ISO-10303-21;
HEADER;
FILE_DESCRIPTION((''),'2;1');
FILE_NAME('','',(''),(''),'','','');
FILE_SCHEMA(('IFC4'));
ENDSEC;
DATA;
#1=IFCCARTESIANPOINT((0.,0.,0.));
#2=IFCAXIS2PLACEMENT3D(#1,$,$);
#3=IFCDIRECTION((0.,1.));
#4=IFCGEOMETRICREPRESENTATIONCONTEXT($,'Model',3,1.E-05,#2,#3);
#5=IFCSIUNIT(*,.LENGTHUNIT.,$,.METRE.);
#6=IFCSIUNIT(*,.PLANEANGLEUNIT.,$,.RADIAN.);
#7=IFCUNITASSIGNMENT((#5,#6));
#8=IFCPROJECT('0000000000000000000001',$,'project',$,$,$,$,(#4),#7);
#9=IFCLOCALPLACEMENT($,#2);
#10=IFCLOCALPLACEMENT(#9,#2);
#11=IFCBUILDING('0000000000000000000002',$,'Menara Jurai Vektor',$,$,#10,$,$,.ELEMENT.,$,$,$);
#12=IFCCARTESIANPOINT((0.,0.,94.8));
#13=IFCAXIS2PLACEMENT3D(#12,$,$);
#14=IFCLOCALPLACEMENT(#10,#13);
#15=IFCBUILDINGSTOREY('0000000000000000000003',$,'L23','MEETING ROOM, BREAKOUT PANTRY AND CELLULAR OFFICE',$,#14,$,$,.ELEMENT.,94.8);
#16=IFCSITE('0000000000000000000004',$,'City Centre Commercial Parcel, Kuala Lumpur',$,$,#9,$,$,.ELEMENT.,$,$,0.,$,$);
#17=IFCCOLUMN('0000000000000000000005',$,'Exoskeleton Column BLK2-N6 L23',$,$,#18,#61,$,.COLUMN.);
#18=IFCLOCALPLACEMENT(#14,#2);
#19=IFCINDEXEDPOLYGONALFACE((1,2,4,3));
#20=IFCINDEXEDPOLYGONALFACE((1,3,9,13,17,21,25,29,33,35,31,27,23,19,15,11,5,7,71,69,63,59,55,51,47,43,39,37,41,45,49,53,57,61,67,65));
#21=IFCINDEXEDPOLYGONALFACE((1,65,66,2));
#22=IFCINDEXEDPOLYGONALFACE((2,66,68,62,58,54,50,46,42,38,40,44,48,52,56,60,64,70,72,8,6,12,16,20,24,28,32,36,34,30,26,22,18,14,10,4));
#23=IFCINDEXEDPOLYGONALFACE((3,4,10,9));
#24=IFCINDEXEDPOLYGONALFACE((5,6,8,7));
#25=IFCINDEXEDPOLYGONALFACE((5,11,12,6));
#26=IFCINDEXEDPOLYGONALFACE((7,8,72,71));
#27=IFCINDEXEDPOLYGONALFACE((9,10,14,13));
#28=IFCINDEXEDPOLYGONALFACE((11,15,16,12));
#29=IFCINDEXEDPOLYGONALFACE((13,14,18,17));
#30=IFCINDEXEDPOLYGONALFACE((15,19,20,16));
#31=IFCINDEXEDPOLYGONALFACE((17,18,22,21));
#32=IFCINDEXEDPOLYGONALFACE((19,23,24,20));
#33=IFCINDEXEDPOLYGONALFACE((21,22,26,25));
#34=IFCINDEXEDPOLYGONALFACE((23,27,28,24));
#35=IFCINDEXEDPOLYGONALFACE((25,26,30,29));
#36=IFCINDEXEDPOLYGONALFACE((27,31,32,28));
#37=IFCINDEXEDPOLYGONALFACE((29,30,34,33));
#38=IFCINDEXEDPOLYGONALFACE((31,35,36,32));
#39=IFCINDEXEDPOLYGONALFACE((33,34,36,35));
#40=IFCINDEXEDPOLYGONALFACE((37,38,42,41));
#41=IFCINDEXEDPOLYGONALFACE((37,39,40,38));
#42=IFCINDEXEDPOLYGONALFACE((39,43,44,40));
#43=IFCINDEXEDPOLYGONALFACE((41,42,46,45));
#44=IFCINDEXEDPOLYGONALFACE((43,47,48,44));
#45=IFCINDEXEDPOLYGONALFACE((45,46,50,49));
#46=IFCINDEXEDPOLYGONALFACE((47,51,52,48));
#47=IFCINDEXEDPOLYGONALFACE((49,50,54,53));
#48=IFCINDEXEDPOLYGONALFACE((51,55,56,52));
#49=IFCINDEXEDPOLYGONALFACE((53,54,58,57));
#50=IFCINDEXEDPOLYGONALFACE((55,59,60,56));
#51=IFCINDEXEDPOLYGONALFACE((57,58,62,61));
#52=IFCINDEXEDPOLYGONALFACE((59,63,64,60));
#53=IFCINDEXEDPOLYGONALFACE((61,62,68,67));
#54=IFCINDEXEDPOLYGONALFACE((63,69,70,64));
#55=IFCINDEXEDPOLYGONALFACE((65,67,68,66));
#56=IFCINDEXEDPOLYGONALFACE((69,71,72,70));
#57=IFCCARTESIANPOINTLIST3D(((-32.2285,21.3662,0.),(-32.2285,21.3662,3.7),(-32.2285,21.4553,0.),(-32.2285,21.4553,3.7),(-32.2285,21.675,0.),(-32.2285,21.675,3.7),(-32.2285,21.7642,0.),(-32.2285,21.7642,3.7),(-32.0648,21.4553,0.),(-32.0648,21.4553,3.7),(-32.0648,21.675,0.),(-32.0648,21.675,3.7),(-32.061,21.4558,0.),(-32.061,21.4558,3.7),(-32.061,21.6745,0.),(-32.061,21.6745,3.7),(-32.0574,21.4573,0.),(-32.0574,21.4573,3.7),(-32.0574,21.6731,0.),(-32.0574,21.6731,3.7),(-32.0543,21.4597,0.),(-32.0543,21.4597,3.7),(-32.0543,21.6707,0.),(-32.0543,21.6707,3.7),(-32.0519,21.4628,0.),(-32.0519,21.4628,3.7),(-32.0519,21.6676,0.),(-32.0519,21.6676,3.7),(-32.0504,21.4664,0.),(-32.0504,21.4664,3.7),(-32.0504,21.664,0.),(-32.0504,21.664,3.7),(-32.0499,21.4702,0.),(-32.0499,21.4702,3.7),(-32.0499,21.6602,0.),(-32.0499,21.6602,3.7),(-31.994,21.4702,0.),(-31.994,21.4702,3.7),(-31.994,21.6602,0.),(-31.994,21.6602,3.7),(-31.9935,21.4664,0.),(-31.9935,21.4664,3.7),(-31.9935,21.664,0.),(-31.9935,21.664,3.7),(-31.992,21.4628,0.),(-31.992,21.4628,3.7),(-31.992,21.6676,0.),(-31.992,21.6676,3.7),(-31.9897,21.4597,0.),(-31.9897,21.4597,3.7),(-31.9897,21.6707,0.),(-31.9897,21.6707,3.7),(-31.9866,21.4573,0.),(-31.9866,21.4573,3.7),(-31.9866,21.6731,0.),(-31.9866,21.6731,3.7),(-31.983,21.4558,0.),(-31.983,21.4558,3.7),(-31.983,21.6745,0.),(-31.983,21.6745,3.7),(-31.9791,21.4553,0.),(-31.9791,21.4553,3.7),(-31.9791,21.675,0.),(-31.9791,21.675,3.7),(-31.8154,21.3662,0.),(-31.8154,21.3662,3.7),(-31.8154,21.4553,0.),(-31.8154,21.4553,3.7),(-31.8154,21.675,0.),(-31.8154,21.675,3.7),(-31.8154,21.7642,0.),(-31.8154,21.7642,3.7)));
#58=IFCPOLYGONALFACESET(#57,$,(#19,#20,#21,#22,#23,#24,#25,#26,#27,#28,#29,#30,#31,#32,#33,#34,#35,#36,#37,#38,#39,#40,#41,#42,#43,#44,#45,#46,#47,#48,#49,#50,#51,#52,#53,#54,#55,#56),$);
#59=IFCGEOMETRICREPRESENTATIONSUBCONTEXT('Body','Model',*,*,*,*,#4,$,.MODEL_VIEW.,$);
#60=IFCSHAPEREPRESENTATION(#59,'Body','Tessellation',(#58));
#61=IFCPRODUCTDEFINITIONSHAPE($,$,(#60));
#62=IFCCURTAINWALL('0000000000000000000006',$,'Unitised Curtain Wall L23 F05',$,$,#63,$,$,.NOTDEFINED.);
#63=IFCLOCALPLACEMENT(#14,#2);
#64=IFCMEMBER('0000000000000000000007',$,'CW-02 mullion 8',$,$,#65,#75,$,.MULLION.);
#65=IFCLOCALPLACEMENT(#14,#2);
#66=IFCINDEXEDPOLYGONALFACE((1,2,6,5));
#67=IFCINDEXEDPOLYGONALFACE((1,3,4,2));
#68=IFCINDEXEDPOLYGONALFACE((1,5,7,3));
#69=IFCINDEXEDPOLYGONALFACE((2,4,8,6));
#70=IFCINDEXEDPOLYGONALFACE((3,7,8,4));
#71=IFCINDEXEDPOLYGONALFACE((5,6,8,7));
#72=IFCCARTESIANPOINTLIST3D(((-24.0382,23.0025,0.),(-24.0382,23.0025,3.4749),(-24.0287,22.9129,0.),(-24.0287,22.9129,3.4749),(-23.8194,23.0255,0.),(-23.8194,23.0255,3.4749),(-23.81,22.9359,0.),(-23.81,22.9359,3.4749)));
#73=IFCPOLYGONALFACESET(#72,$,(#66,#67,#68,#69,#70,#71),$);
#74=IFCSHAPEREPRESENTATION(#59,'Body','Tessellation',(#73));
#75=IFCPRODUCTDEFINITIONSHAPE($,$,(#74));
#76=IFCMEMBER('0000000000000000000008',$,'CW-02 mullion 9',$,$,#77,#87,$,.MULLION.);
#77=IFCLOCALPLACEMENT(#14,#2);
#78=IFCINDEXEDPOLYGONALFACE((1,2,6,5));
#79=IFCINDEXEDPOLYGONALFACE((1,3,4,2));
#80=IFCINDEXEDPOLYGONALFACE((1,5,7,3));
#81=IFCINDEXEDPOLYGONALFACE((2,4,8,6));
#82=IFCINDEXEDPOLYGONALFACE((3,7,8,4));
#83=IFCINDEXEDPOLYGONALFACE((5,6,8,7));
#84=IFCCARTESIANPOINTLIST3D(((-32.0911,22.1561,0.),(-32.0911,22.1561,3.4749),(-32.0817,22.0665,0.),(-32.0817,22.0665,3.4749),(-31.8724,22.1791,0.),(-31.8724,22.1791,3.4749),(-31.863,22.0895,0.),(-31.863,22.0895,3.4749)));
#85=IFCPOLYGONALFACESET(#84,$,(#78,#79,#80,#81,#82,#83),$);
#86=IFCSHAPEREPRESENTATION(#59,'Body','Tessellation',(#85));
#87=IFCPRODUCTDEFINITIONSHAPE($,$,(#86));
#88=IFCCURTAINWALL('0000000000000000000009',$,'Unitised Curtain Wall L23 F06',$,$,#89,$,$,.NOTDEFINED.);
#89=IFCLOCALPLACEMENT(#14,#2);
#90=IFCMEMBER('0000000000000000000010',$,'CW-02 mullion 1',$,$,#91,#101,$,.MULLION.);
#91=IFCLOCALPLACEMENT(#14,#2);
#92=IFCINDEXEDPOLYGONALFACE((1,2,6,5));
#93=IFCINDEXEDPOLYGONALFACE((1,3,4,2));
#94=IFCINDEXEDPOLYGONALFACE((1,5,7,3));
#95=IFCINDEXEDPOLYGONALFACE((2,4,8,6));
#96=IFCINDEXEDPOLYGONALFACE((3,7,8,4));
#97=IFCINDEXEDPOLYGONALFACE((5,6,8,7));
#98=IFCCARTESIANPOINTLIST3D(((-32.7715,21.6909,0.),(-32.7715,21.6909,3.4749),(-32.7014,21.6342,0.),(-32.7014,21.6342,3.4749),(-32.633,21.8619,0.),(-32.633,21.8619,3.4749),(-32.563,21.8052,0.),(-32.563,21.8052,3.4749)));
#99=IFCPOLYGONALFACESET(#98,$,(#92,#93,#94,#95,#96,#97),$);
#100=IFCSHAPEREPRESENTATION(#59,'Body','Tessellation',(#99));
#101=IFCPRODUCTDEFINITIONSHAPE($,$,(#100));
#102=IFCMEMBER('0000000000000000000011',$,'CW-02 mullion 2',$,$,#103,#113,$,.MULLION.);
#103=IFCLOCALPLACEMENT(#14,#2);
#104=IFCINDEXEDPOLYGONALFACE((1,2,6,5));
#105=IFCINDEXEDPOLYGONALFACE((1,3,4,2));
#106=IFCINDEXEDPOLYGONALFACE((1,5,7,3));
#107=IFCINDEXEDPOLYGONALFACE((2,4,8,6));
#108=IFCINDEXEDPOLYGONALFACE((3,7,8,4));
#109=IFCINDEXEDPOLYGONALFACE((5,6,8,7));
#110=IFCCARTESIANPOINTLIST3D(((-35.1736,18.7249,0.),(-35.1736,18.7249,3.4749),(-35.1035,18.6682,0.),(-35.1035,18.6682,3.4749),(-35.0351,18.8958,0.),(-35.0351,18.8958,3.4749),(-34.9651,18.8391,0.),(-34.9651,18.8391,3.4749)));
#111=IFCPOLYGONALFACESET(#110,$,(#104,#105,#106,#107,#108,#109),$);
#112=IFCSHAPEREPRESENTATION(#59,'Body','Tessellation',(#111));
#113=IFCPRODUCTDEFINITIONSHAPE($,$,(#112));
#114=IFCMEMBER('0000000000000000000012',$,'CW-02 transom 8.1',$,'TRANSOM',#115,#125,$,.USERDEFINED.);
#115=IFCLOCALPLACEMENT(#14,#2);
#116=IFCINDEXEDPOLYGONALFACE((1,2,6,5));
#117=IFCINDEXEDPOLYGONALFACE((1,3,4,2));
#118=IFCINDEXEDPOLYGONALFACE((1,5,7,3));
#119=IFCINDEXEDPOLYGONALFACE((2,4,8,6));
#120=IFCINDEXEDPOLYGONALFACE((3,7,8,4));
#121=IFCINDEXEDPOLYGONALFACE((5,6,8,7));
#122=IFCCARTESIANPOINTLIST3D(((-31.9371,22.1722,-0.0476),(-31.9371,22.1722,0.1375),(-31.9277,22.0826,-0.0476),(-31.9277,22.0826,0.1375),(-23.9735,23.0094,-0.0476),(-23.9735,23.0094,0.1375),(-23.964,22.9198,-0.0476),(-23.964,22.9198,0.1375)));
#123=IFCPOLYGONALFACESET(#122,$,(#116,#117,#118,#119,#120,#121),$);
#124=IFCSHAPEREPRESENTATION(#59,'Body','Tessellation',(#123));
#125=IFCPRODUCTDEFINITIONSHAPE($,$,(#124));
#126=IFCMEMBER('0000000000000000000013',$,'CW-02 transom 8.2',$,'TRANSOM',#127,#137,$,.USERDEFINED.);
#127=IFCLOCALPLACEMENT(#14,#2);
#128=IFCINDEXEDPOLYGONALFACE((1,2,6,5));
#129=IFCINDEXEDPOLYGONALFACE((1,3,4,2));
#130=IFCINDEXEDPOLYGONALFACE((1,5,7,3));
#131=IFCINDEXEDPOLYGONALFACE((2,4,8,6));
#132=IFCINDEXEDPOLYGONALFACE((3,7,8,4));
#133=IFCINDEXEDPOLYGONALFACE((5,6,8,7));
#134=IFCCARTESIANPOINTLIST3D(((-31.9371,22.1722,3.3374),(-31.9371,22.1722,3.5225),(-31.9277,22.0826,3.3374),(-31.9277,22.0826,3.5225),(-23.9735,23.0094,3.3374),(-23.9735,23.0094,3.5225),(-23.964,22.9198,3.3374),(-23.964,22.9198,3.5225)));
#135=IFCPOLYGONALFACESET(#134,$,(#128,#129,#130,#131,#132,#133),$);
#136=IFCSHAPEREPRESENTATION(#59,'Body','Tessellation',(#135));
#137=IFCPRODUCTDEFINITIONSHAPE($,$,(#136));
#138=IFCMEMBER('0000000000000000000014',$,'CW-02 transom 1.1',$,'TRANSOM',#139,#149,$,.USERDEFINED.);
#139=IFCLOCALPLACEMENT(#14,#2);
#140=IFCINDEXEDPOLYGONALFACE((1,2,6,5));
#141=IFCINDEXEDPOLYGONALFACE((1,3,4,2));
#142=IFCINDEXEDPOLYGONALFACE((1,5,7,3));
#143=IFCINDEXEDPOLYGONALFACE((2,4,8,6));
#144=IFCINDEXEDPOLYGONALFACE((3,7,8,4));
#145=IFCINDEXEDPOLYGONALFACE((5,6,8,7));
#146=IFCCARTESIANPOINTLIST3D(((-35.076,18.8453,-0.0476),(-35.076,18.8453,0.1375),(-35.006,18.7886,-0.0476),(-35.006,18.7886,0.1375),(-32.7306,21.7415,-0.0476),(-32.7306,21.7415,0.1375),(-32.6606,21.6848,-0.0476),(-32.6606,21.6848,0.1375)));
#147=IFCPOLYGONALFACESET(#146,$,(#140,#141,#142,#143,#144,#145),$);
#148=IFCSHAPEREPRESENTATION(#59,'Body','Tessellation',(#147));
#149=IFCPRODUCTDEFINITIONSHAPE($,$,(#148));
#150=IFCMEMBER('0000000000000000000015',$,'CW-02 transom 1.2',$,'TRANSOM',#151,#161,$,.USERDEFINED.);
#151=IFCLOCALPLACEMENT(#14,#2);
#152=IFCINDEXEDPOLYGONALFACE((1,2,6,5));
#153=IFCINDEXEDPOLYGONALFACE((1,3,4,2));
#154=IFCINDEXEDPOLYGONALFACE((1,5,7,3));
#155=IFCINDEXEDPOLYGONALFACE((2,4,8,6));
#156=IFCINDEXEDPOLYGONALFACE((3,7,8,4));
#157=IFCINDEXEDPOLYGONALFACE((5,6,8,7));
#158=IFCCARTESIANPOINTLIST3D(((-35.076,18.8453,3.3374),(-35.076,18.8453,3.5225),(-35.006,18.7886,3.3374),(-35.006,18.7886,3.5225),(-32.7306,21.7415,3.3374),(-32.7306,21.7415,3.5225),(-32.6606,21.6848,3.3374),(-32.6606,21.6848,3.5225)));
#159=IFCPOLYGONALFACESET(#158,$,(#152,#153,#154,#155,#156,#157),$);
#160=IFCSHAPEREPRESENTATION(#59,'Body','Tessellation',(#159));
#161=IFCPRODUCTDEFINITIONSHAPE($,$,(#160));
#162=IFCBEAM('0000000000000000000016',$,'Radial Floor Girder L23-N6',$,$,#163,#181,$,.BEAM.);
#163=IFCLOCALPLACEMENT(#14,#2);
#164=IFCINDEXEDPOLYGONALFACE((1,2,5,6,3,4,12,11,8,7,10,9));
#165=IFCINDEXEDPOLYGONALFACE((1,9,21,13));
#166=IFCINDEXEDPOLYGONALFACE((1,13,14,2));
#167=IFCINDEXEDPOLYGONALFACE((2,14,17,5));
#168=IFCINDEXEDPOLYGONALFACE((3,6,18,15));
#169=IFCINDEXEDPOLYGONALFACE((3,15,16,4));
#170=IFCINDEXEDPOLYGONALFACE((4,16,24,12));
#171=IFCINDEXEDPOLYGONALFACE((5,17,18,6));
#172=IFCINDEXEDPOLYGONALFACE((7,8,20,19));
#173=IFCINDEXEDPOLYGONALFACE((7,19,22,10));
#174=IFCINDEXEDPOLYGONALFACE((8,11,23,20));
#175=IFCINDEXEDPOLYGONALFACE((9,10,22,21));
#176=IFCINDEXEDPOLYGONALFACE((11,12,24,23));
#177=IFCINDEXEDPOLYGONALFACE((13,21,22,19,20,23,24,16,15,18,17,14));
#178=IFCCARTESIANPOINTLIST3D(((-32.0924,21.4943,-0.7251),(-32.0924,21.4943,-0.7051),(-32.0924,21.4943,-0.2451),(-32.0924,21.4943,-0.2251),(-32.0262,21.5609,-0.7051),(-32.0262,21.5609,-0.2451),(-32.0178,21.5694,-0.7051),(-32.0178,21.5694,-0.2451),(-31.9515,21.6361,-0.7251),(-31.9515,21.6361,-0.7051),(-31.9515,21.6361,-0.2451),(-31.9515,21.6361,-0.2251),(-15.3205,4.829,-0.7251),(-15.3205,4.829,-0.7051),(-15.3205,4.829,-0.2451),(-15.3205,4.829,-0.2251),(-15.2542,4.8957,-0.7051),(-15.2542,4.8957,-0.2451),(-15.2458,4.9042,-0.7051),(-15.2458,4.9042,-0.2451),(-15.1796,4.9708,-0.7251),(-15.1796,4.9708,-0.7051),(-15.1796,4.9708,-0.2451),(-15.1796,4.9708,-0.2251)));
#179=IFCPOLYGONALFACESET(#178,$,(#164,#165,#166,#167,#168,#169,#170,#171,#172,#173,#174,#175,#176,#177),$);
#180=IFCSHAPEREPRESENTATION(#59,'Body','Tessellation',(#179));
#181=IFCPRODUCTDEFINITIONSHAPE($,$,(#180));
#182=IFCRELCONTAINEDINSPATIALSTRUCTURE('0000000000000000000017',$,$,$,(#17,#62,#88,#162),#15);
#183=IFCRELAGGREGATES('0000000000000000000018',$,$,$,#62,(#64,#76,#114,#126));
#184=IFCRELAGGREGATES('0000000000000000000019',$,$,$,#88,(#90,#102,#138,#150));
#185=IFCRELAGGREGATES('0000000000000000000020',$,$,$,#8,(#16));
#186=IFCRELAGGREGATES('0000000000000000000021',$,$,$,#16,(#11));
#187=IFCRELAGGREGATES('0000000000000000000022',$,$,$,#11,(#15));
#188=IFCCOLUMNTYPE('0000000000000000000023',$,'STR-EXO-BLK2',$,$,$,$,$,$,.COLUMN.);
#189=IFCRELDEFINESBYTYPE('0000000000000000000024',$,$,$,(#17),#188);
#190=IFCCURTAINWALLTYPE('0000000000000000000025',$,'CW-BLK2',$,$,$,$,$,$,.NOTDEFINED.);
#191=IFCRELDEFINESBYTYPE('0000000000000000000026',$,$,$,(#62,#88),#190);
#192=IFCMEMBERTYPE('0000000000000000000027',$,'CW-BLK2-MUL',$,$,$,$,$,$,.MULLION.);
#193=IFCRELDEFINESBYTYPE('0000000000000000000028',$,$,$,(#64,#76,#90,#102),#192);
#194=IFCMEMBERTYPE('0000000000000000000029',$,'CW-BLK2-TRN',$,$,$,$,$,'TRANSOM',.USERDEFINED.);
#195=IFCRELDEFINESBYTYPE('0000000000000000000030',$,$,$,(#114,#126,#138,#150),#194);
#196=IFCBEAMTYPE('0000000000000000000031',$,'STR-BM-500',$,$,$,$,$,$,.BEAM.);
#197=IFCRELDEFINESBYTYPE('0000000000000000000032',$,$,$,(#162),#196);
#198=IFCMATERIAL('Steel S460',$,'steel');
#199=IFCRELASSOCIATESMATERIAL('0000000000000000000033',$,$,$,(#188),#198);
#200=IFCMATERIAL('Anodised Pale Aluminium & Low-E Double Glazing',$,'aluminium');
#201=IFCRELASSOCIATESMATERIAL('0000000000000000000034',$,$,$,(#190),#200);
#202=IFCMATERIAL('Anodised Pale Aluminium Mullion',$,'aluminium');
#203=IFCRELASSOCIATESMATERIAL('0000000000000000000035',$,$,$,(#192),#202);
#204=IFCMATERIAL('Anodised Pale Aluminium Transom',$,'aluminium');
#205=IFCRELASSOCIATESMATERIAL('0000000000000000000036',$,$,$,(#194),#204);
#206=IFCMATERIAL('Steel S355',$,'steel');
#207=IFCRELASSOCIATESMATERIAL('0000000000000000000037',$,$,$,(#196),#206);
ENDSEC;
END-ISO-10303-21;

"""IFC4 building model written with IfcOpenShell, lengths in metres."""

from ifc_helpers import new_model, si_unit, direction, frame, origin, origin_2d, place, context, subcontext, project, spatial, rectangle, i_section, extrude, material, material_profile, profile_set, type_object, element, aggregate, save


model = new_model("IFC4")

# Units and contexts
model_context = context("Model", 3, precision=1e-05, world=origin(), true_north=direction((0.0, 1.0)))
body_context = subcontext(model_context, "Body", "Model", "MODEL_VIEW")
ifc_project = project(units=[si_unit("LENGTHUNIT", "METRE"), si_unit("PLANEANGLEUNIT", "RADIAN")], contexts=[model_context])

# Site, building, storey
site_placement = place(None, origin())
site = spatial("IfcSite", under=ifc_project, at=site_placement, Name="City Centre Commercial Parcel, Kuala Lumpur", CompositionType="ELEMENT", RefElevation=0.0)
building_placement = place(site_placement, origin())
building = spatial("IfcBuilding", under=site, at=building_placement, Name="Menara Jurai Vektor", CompositionType="ELEMENT")
storey_placement = place(building_placement, frame((0.0, 0.0, 94.8)))
storey = spatial("IfcBuildingStorey", under=building, at=storey_placement, Name="L23", Description="MEETING ROOM, BREAKOUT PANTRY AND CELLULAR OFFICE", CompositionType="ELEMENT", Elevation=94.8)

# Column
ifc_material_1 = material(Name="Steel S460", Category="steel")
ifc_material_profile_1 = material_profile(ifc_material_1, i_section(OverallWidth=0.4131, OverallDepth=0.3979, WebThickness=0.0559, FlangeThickness=0.0891, FilletRadius=0.0149, at=origin_2d()), Name="HD 400x744")
ifc_profile_set_1 = profile_set([ifc_material_profile_1], Name="Steel S460")
column_type = type_object("IfcColumnType", Name="STR-EXO-BLK2", PredefinedType="COLUMN", material=ifc_profile_set_1)
column_placement = place(storey_placement, frame((-32.022, 21.5652, 0.0), z_axis=(0.0, 0.0, 1.0), x_axis=(1.0, 0.0, 0.0)))
element("IfcColumn", 1, at=column_placement, inside=storey, type_object=column_type, Name="Exoskeleton Column BLK2-N6 L23", PredefinedType="COLUMN", context=body_context, shape_type="SweptSolid", body=[
    extrude(i_section(OverallWidth=0.4131, OverallDepth=0.3979, WebThickness=0.0559, FlangeThickness=0.0891, FilletRadius=0.0149, at=origin_2d()), origin(), (0.0, 0.0, 1.0), 3.7),
])

# Curtain walls, members
ifc_material_2 = material(Name="Anodised Pale Aluminium & Low-E Double Glazing", Category="aluminium")
curtain_wall_type = type_object("IfcCurtainWallType", Name="CW-BLK2", PredefinedType="NOTDEFINED", material=ifc_material_2)
curtain_wall_1_placement = place(storey_placement, origin())
curtain_wall_1 = element("IfcCurtainWall", 2, at=curtain_wall_1_placement, inside=storey, type_object=curtain_wall_type, Name="Unitised Curtain Wall L23 F05", PredefinedType="NOTDEFINED")
ifc_material_3 = material(Name="Anodised Pale Aluminium Mullion", Category="aluminium")
ifc_material_profile_2 = material_profile(ifc_material_3, rectangle(XDim=0.0901, YDim=0.22, at=origin_2d()), Name="ALU MUL 90x220")
ifc_profile_set_2 = profile_set([ifc_material_profile_2], Name="Anodised Pale Aluminium Mullion")
member_type_1 = type_object("IfcMemberType", Name="CW-BLK2-MUL", PredefinedType="MULLION", material=ifc_profile_set_2)
member_1_placement = place(storey_placement, frame((-23.9241, 22.9692, 0.0), z_axis=(0.0, 0.0, 1.0), x_axis=(0.104529, -0.994522, 0.0)))
member_1 = element("IfcMember", 3, at=member_1_placement, type_object=member_type_1, Name="CW-02 mullion 8", PredefinedType="MULLION", context=body_context, shape_type="SweptSolid", body=[
    extrude(rectangle(XDim=0.0901, YDim=0.22, at=origin_2d()), origin(), (0.0, 0.0, 1.0), 3.4749),
])
member_2_placement = place(storey_placement, frame((-31.9771, 22.1228, 0.0), z_axis=(0.0, 0.0, 1.0), x_axis=(0.104529, -0.994522, 0.0)))
member_2 = element("IfcMember", 4, at=member_2_placement, type_object=member_type_1, Name="CW-02 mullion 9", PredefinedType="MULLION", context=body_context, shape_type="SweptSolid", body=[
    extrude(rectangle(XDim=0.0901, YDim=0.22, at=origin_2d()), origin(), (0.0, 0.0, 1.0), 3.4749),
])
curtain_wall_2_placement = place(storey_placement, origin())
curtain_wall_2 = element("IfcCurtainWall", 5, at=curtain_wall_2_placement, inside=storey, type_object=curtain_wall_type, Name="Unitised Curtain Wall L23 F06", PredefinedType="NOTDEFINED")
member_3_placement = place(storey_placement, frame((-32.6672, 21.748, 0.0), z_axis=(0.0, 0.0, 1.0), x_axis=(0.777129, -0.629341, 0.0)))
member_3 = element("IfcMember", 6, at=member_3_placement, type_object=member_type_1, Name="CW-02 mullion 1", PredefinedType="MULLION", context=body_context, shape_type="SweptSolid", body=[
    extrude(rectangle(XDim=0.0901, YDim=0.22, at=origin_2d()), origin(), (0.0, 0.0, 1.0), 3.4749),
])
member_4_placement = place(storey_placement, frame((-35.0693, 18.782, 0.0), z_axis=(0.0, 0.0, 1.0), x_axis=(0.777129, -0.629341, 0.0)))
member_4 = element("IfcMember", 7, at=member_4_placement, type_object=member_type_1, Name="CW-02 mullion 2", PredefinedType="MULLION", context=body_context, shape_type="SweptSolid", body=[
    extrude(rectangle(XDim=0.0901, YDim=0.22, at=origin_2d()), origin(), (0.0, 0.0, 1.0), 3.4749),
])

# Members
ifc_material_4 = material(Name="Anodised Pale Aluminium Transom", Category="aluminium")
ifc_material_profile_3 = material_profile(ifc_material_4, rectangle(XDim=0.0901, YDim=0.1851, at=origin_2d()), Name="ALU TRN 90x185")
ifc_profile_set_3 = profile_set([ifc_material_profile_3], Name="Anodised Pale Aluminium Transom")
member_type_2 = type_object("IfcMemberType", Name="CW-BLK2-TRN", ElementType="TRANSOM", PredefinedType="USERDEFINED", material=ifc_profile_set_3)
member_5_placement = place(storey_placement, frame((-23.9688, 22.9646, 0.0449), z_axis=(-0.99452, -0.104547, 0.0), x_axis=(0.104547, -0.99452, 0.0)))
member_5 = element("IfcMember", 8, at=member_5_placement, type_object=member_type_2, Name="CW-02 transom 8.1", ObjectType="TRANSOM", PredefinedType="USERDEFINED", context=body_context, shape_type="SweptSolid", body=[
    extrude(rectangle(XDim=0.0901, YDim=0.1851, at=origin_2d()), origin(), (0.0, 0.0, 1.0), 8.0076),
])
member_6_placement = place(storey_placement, frame((-23.9688, 22.9646, 3.4299), z_axis=(-0.99452, -0.104547, 0.0), x_axis=(0.104547, -0.99452, 0.0)))
member_6 = element("IfcMember", 9, at=member_6_placement, type_object=member_type_2, Name="CW-02 transom 8.2", ObjectType="TRANSOM", PredefinedType="USERDEFINED", context=body_context, shape_type="SweptSolid", body=[
    extrude(rectangle(XDim=0.0901, YDim=0.1851, at=origin_2d()), origin(), (0.0, 0.0, 1.0), 8.0076),
])
member_7_placement = place(storey_placement, frame((-32.6956, 21.7131, 0.0449), z_axis=(-0.629341, -0.777129, 0.0), x_axis=(0.777129, -0.629341, 0.0)))
member_7 = element("IfcMember", 10, at=member_7_placement, type_object=member_type_2, Name="CW-02 transom 1.1", ObjectType="TRANSOM", PredefinedType="USERDEFINED", context=body_context, shape_type="SweptSolid", body=[
    extrude(rectangle(XDim=0.0901, YDim=0.1851, at=origin_2d()), origin(), (0.0, 0.0, 1.0), 3.7268),
])
member_8_placement = place(storey_placement, frame((-32.6956, 21.7131, 3.4299), z_axis=(-0.629341, -0.777129, 0.0), x_axis=(0.777129, -0.629341, 0.0)))
member_8 = element("IfcMember", 11, at=member_8_placement, type_object=member_type_2, Name="CW-02 transom 1.2", ObjectType="TRANSOM", PredefinedType="USERDEFINED", context=body_context, shape_type="SweptSolid", body=[
    extrude(rectangle(XDim=0.0901, YDim=0.1851, at=origin_2d()), origin(), (0.0, 0.0, 1.0), 3.7268),
])

# Beam
ifc_material_5 = material(Name="Steel S355", Category="steel")
ifc_material_profile_4 = material_profile(ifc_material_5, i_section(OverallWidth=0.2, OverallDepth=0.5, WebThickness=0.012, FlangeThickness=0.02, at=origin_2d()), Name="PG 500x200x96")
ifc_profile_set_4 = profile_set([ifc_material_profile_4], Name="Steel S355")
beam_type_1 = type_object("IfcBeamType", Name="STR-BM-500", PredefinedType="BEAM", material=ifc_profile_set_4)
beam_1_placement = place(storey_placement, frame((-32.022, 21.5652, -0.4751), z_axis=(0.709359, -0.704847, 0.0), x_axis=(0.704847, 0.709359, 0.0)))
element("IfcBeam", 12, at=beam_1_placement, inside=storey, type_object=beam_type_1, Name="Radial Floor Girder L23-N6", PredefinedType="BEAM", context=body_context, shape_type="SweptSolid", body=[
    extrude(i_section(OverallWidth=0.2, OverallDepth=0.5, WebThickness=0.012, FlangeThickness=0.02, at=origin_2d()), origin(), (0.0, 0.0, 1.0), 23.6438),
])

aggregate(curtain_wall_1, [member_1, member_2, member_5, member_6])
aggregate(curtain_wall_2, [member_3, member_4, member_7, member_8])

save(model, "model.ifc")
